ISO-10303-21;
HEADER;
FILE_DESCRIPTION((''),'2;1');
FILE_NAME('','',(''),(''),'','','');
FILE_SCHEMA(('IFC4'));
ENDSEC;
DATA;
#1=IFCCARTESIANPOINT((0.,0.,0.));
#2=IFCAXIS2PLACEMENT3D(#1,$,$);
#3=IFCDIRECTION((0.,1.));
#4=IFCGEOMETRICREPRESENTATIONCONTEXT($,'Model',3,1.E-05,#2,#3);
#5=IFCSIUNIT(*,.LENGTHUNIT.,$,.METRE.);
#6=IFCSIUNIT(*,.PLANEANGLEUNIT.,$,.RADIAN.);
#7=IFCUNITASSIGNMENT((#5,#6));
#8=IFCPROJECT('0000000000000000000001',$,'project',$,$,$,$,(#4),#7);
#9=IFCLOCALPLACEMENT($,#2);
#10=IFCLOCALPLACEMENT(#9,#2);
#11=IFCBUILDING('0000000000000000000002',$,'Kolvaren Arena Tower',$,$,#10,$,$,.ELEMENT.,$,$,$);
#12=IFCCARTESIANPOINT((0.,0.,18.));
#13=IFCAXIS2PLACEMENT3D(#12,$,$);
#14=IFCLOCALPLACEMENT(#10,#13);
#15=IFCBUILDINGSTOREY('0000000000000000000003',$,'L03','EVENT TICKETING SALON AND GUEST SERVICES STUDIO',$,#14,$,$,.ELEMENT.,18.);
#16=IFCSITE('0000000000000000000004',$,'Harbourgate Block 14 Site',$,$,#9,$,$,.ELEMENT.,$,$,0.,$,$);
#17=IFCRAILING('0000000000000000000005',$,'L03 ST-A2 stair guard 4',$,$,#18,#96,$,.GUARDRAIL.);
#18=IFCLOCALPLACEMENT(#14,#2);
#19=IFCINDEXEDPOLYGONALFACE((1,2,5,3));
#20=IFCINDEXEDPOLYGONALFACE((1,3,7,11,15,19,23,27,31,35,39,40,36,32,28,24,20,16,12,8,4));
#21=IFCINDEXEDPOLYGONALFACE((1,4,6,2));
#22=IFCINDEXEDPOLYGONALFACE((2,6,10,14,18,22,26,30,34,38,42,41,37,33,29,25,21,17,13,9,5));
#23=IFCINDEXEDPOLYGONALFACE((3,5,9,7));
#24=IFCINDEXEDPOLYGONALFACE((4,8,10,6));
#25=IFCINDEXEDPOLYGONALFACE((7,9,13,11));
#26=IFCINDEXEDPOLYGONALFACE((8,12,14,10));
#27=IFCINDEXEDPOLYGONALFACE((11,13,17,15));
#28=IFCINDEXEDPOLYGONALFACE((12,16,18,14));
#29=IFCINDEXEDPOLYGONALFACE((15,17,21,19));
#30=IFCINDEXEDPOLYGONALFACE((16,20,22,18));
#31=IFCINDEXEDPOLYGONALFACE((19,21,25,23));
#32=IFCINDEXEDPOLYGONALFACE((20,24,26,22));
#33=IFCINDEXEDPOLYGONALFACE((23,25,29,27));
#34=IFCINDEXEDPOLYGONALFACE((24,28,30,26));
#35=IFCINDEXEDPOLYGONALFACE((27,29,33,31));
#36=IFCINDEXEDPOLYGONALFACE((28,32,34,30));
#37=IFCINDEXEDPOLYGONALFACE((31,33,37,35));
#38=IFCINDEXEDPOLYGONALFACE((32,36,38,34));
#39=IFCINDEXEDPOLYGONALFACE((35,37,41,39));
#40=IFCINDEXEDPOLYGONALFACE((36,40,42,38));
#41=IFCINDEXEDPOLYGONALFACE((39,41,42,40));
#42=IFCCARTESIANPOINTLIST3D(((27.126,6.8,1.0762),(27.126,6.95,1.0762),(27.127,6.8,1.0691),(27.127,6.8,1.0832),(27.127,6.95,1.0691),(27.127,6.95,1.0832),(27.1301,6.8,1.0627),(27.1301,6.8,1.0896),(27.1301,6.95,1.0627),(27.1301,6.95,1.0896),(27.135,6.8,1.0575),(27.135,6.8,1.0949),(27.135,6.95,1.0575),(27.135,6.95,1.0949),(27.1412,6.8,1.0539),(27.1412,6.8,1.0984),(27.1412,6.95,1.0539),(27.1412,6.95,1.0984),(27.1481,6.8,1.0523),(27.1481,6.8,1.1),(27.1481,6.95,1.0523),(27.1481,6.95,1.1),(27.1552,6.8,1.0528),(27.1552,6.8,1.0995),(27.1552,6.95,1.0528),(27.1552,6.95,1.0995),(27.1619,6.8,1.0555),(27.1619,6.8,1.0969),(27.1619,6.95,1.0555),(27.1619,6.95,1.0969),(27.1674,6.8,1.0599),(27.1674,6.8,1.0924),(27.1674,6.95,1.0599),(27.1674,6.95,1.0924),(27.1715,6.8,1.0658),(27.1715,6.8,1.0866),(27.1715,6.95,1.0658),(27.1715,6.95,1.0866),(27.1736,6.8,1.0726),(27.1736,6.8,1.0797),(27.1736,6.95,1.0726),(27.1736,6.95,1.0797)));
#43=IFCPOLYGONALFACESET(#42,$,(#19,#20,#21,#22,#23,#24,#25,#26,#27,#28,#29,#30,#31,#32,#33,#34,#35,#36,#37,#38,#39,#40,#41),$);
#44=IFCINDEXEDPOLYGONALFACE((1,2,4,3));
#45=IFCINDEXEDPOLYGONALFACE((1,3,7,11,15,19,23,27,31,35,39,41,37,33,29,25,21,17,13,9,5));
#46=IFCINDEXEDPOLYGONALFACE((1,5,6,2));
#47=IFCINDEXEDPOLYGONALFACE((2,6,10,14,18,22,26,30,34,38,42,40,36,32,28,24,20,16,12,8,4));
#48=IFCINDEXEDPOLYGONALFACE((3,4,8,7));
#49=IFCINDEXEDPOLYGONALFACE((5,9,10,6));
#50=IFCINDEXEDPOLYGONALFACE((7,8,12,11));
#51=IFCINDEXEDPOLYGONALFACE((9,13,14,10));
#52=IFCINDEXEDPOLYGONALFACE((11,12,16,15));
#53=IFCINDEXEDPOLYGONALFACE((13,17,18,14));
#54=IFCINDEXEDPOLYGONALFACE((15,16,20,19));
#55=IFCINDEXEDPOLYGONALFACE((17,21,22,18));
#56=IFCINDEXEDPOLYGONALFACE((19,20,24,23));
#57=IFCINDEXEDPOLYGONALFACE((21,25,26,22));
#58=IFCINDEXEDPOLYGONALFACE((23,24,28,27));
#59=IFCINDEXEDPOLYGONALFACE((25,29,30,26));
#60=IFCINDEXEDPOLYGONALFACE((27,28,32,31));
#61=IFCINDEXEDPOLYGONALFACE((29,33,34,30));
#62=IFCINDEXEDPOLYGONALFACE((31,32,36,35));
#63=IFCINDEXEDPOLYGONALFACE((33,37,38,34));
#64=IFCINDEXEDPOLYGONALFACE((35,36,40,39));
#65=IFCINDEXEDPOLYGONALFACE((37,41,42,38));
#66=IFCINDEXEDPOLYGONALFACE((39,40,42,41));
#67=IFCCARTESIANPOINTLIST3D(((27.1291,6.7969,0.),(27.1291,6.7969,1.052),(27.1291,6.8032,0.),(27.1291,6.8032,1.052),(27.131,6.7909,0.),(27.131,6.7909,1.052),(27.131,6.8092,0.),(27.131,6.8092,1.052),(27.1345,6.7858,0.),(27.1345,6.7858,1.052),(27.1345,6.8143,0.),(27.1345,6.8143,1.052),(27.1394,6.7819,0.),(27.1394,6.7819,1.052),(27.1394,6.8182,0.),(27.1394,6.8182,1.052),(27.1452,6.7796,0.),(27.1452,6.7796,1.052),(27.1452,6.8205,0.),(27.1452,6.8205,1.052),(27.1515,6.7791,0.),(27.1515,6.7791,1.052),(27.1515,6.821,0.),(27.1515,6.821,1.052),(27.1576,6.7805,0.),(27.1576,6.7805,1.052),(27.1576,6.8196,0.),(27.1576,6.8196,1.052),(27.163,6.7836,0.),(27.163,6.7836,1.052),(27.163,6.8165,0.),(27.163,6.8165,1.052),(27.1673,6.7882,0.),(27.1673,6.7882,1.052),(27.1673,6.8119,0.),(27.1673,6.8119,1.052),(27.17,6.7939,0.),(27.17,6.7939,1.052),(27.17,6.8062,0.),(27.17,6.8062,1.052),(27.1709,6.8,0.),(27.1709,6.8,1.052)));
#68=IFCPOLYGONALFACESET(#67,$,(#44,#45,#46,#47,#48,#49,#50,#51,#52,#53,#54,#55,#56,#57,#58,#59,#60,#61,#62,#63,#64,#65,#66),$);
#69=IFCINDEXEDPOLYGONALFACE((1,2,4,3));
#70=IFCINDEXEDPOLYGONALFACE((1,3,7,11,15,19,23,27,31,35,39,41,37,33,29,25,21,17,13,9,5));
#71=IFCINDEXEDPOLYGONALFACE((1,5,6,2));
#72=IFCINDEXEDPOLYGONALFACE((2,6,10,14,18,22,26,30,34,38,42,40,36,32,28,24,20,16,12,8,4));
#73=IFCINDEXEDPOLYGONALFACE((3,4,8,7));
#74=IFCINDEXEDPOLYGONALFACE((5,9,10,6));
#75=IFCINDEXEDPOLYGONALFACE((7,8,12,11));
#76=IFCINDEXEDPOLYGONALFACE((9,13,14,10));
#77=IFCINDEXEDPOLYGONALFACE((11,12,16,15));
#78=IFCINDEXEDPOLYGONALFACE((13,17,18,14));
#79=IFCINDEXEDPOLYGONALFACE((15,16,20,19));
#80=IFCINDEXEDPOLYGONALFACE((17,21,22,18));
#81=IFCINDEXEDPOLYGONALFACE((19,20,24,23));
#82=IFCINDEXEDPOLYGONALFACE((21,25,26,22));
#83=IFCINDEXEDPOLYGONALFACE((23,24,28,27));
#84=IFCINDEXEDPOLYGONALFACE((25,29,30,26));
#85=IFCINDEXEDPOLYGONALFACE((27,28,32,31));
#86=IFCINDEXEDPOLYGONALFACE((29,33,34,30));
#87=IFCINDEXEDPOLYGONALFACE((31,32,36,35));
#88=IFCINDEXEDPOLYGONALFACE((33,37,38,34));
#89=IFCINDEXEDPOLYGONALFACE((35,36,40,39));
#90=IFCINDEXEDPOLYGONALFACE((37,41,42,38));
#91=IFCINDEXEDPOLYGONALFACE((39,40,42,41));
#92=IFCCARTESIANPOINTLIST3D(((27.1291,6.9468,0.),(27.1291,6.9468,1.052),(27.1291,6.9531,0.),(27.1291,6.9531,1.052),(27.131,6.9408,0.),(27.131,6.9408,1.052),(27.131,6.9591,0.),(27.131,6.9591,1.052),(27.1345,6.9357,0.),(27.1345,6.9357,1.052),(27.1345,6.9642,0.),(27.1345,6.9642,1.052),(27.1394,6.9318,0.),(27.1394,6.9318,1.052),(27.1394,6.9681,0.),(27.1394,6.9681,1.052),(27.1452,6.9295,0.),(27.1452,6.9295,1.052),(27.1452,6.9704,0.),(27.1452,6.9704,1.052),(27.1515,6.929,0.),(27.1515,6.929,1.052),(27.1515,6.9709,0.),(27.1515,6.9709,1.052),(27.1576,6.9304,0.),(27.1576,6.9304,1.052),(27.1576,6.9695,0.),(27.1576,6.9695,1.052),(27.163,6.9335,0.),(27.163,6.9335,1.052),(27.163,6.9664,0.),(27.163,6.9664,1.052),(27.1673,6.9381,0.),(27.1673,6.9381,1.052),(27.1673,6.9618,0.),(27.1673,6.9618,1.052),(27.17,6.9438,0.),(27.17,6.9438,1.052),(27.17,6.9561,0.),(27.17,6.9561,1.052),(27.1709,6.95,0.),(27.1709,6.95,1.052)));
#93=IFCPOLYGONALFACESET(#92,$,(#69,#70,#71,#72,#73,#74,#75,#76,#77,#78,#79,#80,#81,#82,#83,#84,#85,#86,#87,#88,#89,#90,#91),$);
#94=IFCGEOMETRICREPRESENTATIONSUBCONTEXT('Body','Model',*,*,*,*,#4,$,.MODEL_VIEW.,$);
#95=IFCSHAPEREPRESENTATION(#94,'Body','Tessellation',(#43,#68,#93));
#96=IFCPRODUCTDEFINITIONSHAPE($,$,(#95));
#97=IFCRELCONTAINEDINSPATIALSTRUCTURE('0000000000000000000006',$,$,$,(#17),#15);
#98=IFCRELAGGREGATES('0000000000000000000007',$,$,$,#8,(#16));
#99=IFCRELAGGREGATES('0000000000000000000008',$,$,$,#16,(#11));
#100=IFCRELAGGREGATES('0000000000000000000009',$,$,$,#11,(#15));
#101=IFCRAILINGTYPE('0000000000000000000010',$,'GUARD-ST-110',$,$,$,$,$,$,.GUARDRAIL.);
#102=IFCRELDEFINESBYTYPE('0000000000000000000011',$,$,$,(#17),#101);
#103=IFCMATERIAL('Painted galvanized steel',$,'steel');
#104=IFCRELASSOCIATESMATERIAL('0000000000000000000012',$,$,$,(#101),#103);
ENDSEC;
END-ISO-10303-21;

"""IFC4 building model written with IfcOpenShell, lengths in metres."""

from ifc_helpers import new_model, si_unit, direction, frame, origin, origin_2d, place, context, subcontext, project, spatial, circle, extrude, material, type_object, element, save


model = new_model("IFC4")

# Units and contexts
model_context = context("Model", 3, precision=1e-05, world=origin(), true_north=direction((0.0, 1.0)))
body_context = subcontext(model_context, "Body", "Model", "MODEL_VIEW")
ifc_project = project(units=[si_unit("LENGTHUNIT", "METRE"), si_unit("PLANEANGLEUNIT", "RADIAN")], contexts=[model_context])

# Site, building, storey
site_placement = place(None, origin())
site = spatial("IfcSite", under=ifc_project, at=site_placement, Name="Harbourgate Block 14 Site", CompositionType="ELEMENT", RefElevation=0.0)
building_placement = place(site_placement, origin())
building = spatial("IfcBuilding", under=site, at=building_placement, Name="Kolvaren Arena Tower", CompositionType="ELEMENT")
storey_placement = place(building_placement, frame((0.0, 0.0, 18.0)))
storey = spatial("IfcBuildingStorey", under=building, at=storey_placement, Name="L03", Description="EVENT TICKETING SALON AND GUEST SERVICES STUDIO", CompositionType="ELEMENT", Elevation=18.0)

# Railing
ifc_material_1 = material(Name="Painted galvanized steel", Category="steel")
railing_type_1 = type_object("IfcRailingType", Name="GUARD-ST-110", PredefinedType="GUARDRAIL", material=ifc_material_1)
railing_1_placement = place(storey_placement, frame((27.1499, 6.8, 0.0)))
element("IfcRailing", 1, at=railing_1_placement, inside=storey, type_object=railing_type_1, Name="L03 ST-A2 stair guard 4", PredefinedType="GUARDRAIL", context=body_context, shape_type="SweptSolid", body=[
    extrude(circle(Radius=0.0239, at=origin_2d()), frame((0.0, 0.0, 1.0762), z_axis=(0.0, 1.0, 0.0), x_axis=(-1.0, 0.0, 0.0)), (0.0, 0.0, 1.0), 0.1499),
    extrude(circle(Radius=0.021, at=origin_2d()), origin(), (0.0, 0.0, 1.0), 1.052),
    extrude(circle(Radius=0.021, at=origin_2d()), frame((0.0, 0.1499, 0.0)), (0.0, 0.0, 1.0), 1.052),
])

save(model, "model.ifc")
